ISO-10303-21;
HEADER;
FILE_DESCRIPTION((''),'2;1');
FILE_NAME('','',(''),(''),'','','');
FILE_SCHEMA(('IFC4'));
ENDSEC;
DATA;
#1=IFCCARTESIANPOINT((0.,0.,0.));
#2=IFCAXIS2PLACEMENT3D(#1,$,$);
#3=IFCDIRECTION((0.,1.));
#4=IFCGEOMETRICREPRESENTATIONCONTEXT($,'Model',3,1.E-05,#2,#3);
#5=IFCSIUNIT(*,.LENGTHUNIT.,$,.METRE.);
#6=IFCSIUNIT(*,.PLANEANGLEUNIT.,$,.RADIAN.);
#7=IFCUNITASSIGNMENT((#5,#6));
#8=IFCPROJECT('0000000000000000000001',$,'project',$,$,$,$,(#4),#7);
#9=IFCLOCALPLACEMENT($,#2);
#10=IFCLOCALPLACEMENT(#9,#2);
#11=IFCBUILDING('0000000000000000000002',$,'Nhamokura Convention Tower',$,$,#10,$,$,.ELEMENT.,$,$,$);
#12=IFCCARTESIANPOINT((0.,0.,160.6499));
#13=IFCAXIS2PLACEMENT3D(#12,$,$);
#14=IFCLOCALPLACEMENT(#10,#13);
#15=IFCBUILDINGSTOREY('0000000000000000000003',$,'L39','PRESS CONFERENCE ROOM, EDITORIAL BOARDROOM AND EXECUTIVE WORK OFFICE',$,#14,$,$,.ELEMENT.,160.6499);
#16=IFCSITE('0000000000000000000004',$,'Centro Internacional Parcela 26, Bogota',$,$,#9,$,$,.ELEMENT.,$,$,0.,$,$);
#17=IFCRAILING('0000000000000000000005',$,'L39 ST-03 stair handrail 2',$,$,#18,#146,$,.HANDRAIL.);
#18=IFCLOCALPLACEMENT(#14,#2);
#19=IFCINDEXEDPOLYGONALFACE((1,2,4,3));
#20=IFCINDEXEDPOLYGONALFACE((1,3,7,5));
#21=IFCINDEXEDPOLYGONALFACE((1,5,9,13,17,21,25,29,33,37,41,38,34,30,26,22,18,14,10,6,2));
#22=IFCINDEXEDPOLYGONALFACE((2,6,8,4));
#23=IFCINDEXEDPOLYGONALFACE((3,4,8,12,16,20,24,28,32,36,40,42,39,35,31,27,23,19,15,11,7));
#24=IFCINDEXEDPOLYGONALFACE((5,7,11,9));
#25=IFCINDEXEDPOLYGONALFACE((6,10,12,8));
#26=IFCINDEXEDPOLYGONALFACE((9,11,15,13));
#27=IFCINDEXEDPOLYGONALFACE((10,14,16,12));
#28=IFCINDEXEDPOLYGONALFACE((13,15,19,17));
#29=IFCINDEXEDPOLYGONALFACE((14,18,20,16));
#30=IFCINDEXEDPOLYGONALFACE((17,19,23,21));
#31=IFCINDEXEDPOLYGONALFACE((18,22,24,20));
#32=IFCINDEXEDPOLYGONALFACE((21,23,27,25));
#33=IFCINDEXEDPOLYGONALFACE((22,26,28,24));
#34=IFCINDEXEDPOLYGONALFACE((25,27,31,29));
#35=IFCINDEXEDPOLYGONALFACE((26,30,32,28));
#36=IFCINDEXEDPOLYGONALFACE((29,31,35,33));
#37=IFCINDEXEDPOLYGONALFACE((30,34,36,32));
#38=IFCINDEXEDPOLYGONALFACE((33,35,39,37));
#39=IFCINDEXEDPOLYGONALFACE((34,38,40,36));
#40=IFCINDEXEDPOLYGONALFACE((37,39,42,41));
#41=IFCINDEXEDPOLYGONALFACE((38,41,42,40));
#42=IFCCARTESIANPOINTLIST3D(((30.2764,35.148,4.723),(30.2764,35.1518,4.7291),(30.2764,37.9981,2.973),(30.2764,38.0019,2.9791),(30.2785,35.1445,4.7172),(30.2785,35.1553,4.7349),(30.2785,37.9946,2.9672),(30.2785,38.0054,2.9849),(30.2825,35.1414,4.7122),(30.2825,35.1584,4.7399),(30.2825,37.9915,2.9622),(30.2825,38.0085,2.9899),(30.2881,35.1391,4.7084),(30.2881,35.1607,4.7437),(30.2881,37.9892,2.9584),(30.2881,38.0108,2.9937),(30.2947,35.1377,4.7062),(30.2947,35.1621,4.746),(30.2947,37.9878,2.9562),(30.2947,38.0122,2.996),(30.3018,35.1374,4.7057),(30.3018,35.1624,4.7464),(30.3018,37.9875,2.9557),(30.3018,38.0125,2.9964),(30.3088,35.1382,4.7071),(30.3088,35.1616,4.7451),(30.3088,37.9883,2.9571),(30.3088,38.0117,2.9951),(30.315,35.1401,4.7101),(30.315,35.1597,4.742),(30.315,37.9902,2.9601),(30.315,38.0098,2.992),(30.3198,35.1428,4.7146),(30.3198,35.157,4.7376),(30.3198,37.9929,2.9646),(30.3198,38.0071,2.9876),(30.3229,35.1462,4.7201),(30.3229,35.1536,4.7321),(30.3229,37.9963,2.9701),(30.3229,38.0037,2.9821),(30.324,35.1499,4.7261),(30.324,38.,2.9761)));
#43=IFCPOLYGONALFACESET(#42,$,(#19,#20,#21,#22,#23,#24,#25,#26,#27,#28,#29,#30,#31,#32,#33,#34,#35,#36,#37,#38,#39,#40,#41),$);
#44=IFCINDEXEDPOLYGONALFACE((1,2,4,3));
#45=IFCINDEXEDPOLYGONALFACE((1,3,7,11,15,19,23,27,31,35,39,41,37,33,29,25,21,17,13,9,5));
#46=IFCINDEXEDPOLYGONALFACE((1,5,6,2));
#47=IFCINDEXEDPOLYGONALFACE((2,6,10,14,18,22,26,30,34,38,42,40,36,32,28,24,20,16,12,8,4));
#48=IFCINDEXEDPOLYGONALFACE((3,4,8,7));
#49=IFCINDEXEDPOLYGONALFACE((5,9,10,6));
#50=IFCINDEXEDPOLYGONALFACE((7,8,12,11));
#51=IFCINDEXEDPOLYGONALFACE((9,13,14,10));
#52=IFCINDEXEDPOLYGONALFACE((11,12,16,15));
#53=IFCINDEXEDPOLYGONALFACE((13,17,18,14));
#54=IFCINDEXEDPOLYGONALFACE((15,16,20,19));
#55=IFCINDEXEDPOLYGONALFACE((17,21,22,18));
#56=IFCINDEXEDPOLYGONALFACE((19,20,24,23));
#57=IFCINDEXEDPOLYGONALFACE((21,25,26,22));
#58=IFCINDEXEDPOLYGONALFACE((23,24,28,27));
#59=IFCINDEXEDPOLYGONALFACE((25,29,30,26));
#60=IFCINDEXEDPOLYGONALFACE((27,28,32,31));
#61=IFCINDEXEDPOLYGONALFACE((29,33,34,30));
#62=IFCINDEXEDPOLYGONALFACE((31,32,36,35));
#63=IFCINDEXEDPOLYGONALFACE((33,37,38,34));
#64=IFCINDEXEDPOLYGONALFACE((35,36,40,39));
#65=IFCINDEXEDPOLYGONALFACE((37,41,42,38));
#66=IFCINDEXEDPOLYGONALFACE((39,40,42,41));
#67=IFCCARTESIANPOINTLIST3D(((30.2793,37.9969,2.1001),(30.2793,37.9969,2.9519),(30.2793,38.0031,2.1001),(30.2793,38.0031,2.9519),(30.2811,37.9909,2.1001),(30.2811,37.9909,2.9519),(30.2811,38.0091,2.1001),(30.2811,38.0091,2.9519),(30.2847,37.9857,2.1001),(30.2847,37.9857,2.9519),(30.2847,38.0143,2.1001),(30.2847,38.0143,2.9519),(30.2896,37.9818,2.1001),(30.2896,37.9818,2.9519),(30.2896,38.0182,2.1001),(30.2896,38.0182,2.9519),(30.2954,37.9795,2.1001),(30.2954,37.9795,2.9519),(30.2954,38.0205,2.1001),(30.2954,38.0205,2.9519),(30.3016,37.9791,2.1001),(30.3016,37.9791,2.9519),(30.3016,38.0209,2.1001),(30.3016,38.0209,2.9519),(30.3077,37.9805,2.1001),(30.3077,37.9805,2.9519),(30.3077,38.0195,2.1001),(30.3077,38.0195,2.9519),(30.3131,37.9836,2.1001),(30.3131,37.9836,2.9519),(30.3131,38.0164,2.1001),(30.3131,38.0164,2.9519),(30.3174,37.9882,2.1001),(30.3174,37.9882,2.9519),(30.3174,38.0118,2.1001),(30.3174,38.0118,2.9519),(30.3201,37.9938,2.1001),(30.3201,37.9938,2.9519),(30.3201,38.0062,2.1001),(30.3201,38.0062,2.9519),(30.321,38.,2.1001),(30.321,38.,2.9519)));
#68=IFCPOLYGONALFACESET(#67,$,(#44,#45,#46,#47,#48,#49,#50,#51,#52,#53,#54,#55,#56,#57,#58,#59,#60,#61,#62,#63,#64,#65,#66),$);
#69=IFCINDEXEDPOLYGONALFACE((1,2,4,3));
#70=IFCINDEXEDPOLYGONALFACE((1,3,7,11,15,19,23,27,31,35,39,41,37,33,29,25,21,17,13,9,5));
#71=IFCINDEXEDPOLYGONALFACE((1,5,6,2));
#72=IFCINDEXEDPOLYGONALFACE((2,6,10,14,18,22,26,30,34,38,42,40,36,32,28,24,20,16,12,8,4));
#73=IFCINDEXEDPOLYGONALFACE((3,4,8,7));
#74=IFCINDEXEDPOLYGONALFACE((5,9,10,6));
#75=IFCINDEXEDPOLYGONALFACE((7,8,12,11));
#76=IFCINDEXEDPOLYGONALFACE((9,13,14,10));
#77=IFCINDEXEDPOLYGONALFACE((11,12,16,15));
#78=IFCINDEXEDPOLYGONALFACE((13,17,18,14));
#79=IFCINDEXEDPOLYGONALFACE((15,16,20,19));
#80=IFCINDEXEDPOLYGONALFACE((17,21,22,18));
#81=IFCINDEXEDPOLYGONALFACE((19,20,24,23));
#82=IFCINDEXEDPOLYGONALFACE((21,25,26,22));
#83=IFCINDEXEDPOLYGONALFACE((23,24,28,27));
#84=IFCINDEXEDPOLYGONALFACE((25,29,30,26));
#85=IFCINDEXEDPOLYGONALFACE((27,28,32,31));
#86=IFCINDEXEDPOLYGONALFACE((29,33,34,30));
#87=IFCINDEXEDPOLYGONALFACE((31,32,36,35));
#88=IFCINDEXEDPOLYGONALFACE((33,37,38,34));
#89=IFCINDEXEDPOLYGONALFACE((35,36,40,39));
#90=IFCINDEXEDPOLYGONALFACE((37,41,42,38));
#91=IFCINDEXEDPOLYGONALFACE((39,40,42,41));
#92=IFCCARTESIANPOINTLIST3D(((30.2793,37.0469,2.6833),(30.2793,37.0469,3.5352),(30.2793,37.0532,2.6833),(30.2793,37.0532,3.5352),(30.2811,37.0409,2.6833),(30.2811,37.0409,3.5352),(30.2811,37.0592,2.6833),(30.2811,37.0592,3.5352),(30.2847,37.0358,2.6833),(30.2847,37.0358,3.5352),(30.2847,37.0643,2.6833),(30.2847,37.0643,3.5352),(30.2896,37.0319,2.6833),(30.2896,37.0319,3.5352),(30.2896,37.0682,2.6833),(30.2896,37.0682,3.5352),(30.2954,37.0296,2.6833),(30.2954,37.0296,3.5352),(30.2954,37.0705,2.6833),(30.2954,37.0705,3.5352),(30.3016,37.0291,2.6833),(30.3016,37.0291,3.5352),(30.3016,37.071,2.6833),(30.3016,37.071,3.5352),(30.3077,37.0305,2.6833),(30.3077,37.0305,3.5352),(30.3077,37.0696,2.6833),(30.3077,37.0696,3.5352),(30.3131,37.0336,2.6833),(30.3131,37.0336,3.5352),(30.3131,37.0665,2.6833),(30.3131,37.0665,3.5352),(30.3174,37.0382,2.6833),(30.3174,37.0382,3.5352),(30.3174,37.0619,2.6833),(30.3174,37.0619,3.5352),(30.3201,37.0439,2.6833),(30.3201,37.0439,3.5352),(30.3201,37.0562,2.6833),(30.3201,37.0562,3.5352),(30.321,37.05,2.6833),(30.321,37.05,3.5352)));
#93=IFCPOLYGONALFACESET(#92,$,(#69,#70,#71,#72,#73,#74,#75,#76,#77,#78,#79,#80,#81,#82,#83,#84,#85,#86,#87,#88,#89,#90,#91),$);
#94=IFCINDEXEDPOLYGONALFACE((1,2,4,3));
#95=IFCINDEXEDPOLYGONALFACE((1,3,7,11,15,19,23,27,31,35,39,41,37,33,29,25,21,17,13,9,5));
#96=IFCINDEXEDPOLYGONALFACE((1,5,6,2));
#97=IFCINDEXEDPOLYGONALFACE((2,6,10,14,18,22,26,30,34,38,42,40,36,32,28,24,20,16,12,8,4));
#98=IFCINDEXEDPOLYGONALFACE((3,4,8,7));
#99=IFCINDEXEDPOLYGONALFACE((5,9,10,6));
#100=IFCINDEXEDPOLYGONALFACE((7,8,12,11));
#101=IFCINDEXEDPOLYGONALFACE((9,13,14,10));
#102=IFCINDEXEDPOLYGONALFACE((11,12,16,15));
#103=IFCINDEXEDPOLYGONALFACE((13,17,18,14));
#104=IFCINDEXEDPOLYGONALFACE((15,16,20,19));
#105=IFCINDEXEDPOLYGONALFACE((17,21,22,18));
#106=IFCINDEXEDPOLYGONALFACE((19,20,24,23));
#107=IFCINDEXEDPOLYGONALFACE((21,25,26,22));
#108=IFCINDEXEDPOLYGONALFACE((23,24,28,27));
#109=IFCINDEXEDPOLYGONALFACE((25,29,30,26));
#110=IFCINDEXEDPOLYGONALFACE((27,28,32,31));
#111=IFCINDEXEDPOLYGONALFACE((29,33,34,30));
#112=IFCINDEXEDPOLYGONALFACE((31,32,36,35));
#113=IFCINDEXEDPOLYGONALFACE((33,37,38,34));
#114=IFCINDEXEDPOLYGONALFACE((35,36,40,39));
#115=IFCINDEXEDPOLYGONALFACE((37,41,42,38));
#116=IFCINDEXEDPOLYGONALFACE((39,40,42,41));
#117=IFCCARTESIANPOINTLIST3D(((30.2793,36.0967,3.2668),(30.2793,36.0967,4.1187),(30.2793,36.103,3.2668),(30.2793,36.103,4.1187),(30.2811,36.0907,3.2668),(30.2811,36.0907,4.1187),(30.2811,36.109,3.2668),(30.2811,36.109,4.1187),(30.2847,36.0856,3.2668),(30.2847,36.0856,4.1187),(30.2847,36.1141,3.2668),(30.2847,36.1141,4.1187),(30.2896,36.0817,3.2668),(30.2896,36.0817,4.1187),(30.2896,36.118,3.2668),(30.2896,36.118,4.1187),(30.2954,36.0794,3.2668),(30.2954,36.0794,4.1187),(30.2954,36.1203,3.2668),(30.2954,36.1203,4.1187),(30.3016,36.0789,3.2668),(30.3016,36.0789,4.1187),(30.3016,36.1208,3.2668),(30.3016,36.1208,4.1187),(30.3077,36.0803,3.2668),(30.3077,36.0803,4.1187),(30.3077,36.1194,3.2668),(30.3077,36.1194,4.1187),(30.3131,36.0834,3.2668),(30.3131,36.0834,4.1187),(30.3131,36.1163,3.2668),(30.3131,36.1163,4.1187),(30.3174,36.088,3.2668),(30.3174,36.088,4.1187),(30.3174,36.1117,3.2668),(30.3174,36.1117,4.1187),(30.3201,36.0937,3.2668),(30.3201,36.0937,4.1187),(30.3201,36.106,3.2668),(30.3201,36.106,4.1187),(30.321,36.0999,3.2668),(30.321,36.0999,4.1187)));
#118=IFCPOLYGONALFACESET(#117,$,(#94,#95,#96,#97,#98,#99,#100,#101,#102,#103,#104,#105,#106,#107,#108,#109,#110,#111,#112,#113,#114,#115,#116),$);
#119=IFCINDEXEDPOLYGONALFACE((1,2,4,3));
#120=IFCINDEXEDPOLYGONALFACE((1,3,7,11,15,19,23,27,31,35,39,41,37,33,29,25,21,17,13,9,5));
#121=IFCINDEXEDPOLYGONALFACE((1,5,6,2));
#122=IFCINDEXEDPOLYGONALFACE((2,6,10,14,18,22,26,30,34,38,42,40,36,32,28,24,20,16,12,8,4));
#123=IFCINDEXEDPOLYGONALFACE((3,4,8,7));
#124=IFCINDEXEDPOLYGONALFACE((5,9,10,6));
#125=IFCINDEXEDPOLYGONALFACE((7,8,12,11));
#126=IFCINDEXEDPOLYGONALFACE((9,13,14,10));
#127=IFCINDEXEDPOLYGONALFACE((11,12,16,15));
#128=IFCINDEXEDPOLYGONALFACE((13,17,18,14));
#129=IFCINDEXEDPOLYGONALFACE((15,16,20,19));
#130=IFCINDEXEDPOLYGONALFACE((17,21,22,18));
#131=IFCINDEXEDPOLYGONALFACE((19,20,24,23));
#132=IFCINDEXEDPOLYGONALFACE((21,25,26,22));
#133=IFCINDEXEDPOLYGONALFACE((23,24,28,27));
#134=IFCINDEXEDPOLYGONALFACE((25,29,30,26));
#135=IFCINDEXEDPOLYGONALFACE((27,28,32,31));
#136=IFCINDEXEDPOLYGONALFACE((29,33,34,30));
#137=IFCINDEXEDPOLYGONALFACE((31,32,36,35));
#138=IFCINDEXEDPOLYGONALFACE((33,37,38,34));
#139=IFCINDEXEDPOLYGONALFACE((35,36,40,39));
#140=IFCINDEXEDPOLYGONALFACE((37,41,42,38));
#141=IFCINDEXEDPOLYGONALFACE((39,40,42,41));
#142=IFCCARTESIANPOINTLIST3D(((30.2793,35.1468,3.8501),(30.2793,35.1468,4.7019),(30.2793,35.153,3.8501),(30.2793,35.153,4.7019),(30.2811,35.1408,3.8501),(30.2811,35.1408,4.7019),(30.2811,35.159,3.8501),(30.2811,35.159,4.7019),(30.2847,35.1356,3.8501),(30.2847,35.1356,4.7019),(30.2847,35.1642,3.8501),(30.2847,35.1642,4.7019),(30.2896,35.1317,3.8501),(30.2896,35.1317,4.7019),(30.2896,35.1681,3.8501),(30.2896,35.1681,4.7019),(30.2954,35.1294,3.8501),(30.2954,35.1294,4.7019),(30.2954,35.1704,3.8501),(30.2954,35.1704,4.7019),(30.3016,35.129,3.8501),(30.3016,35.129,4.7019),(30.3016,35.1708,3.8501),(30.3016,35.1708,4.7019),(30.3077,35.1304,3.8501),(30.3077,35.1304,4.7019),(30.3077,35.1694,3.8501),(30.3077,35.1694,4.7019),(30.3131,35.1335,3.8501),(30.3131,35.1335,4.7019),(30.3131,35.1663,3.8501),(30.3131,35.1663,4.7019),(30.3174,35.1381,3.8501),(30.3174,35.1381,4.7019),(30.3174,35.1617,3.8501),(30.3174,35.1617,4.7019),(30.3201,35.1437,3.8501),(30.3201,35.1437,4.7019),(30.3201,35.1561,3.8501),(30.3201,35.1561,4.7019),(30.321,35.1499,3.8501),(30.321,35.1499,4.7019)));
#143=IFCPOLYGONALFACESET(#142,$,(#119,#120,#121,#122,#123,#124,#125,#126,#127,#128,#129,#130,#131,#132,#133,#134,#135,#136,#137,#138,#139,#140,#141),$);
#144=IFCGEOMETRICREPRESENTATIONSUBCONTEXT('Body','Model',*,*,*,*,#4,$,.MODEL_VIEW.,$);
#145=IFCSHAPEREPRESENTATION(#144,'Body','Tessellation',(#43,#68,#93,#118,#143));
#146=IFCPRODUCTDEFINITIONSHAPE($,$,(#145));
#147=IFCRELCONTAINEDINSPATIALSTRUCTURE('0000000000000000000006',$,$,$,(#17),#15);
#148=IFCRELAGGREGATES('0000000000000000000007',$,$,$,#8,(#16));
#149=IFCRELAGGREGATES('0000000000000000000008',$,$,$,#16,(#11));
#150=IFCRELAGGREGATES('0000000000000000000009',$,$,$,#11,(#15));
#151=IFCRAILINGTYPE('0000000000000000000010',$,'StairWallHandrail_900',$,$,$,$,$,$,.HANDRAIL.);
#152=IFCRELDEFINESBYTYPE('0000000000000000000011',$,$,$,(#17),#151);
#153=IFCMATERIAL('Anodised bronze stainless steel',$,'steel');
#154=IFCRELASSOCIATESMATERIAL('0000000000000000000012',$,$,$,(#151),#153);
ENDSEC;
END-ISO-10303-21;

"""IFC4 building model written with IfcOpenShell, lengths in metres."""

from ifc_helpers import new_model, si_unit, direction, frame, origin, origin_2d, place, context, subcontext, project, spatial, circle, extrude, material, type_object, element, save


model = new_model("IFC4")

# Units and contexts
model_context = context("Model", 3, precision=1e-05, world=origin(), true_north=direction((0.0, 1.0)))
body_context = subcontext(model_context, "Body", "Model", "MODEL_VIEW")
ifc_project = project(units=[si_unit("LENGTHUNIT", "METRE"), si_unit("PLANEANGLEUNIT", "RADIAN")], contexts=[model_context])

# Site, building, storey
site_placement = place(None, origin())
site = spatial("IfcSite", under=ifc_project, at=site_placement, Name="Centro Internacional Parcela 26, Bogota", CompositionType="ELEMENT", RefElevation=0.0)
building_placement = place(site_placement, origin())
building = spatial("IfcBuilding", under=site, at=building_placement, Name="Nhamokura Convention Tower", CompositionType="ELEMENT")
storey_placement = place(building_placement, frame((0.0, 0.0, 160.6499)))
storey = spatial("IfcBuildingStorey", under=building, at=storey_placement, Name="L39", Description="PRESS CONFERENCE ROOM, EDITORIAL BOARDROOM AND EXECUTIVE WORK OFFICE", CompositionType="ELEMENT", Elevation=160.6499)

# Railing
ifc_material_1 = material(Name="Anodised bronze stainless steel", Category="steel")
railing_type_1 = type_object("IfcRailingType", Name="StairWallHandrail_900", PredefinedType="HANDRAIL", material=ifc_material_1)
railing_1_placement = place(storey_placement, frame((30.3, 38.0, 2.1001)))
element("IfcRailing", 1, at=railing_1_placement, inside=storey, type_object=railing_type_1, Name="L39 ST-03 stair handrail 2", PredefinedType="HANDRAIL", context=body_context, shape_type="SweptSolid", body=[
    extrude(circle(Radius=0.0239, at=origin_2d()), frame((0.0, 0.0, 0.876), z_axis=(0.0, -0.852179, 0.52325), x_axis=(1.0, 0.0, 0.0)), (0.0, 0.0, 1.0), 3.3445),
    extrude(circle(Radius=0.021, at=origin_2d()), origin(), (0.0, 0.0, 1.0), 0.8518),
    extrude(circle(Radius=0.021, at=origin_2d()), frame((0.0, -0.95, 0.5833)), (0.0, 0.0, 1.0), 0.8518),
    extrude(circle(Radius=0.021, at=origin_2d()), frame((0.0, -1.9001, 1.1667)), (0.0, 0.0, 1.0), 0.8518),
    extrude(circle(Radius=0.021, at=origin_2d()), frame((0.0, -2.8501, 1.75)), (0.0, 0.0, 1.0), 0.8518),
])

save(model, "model.ifc")
